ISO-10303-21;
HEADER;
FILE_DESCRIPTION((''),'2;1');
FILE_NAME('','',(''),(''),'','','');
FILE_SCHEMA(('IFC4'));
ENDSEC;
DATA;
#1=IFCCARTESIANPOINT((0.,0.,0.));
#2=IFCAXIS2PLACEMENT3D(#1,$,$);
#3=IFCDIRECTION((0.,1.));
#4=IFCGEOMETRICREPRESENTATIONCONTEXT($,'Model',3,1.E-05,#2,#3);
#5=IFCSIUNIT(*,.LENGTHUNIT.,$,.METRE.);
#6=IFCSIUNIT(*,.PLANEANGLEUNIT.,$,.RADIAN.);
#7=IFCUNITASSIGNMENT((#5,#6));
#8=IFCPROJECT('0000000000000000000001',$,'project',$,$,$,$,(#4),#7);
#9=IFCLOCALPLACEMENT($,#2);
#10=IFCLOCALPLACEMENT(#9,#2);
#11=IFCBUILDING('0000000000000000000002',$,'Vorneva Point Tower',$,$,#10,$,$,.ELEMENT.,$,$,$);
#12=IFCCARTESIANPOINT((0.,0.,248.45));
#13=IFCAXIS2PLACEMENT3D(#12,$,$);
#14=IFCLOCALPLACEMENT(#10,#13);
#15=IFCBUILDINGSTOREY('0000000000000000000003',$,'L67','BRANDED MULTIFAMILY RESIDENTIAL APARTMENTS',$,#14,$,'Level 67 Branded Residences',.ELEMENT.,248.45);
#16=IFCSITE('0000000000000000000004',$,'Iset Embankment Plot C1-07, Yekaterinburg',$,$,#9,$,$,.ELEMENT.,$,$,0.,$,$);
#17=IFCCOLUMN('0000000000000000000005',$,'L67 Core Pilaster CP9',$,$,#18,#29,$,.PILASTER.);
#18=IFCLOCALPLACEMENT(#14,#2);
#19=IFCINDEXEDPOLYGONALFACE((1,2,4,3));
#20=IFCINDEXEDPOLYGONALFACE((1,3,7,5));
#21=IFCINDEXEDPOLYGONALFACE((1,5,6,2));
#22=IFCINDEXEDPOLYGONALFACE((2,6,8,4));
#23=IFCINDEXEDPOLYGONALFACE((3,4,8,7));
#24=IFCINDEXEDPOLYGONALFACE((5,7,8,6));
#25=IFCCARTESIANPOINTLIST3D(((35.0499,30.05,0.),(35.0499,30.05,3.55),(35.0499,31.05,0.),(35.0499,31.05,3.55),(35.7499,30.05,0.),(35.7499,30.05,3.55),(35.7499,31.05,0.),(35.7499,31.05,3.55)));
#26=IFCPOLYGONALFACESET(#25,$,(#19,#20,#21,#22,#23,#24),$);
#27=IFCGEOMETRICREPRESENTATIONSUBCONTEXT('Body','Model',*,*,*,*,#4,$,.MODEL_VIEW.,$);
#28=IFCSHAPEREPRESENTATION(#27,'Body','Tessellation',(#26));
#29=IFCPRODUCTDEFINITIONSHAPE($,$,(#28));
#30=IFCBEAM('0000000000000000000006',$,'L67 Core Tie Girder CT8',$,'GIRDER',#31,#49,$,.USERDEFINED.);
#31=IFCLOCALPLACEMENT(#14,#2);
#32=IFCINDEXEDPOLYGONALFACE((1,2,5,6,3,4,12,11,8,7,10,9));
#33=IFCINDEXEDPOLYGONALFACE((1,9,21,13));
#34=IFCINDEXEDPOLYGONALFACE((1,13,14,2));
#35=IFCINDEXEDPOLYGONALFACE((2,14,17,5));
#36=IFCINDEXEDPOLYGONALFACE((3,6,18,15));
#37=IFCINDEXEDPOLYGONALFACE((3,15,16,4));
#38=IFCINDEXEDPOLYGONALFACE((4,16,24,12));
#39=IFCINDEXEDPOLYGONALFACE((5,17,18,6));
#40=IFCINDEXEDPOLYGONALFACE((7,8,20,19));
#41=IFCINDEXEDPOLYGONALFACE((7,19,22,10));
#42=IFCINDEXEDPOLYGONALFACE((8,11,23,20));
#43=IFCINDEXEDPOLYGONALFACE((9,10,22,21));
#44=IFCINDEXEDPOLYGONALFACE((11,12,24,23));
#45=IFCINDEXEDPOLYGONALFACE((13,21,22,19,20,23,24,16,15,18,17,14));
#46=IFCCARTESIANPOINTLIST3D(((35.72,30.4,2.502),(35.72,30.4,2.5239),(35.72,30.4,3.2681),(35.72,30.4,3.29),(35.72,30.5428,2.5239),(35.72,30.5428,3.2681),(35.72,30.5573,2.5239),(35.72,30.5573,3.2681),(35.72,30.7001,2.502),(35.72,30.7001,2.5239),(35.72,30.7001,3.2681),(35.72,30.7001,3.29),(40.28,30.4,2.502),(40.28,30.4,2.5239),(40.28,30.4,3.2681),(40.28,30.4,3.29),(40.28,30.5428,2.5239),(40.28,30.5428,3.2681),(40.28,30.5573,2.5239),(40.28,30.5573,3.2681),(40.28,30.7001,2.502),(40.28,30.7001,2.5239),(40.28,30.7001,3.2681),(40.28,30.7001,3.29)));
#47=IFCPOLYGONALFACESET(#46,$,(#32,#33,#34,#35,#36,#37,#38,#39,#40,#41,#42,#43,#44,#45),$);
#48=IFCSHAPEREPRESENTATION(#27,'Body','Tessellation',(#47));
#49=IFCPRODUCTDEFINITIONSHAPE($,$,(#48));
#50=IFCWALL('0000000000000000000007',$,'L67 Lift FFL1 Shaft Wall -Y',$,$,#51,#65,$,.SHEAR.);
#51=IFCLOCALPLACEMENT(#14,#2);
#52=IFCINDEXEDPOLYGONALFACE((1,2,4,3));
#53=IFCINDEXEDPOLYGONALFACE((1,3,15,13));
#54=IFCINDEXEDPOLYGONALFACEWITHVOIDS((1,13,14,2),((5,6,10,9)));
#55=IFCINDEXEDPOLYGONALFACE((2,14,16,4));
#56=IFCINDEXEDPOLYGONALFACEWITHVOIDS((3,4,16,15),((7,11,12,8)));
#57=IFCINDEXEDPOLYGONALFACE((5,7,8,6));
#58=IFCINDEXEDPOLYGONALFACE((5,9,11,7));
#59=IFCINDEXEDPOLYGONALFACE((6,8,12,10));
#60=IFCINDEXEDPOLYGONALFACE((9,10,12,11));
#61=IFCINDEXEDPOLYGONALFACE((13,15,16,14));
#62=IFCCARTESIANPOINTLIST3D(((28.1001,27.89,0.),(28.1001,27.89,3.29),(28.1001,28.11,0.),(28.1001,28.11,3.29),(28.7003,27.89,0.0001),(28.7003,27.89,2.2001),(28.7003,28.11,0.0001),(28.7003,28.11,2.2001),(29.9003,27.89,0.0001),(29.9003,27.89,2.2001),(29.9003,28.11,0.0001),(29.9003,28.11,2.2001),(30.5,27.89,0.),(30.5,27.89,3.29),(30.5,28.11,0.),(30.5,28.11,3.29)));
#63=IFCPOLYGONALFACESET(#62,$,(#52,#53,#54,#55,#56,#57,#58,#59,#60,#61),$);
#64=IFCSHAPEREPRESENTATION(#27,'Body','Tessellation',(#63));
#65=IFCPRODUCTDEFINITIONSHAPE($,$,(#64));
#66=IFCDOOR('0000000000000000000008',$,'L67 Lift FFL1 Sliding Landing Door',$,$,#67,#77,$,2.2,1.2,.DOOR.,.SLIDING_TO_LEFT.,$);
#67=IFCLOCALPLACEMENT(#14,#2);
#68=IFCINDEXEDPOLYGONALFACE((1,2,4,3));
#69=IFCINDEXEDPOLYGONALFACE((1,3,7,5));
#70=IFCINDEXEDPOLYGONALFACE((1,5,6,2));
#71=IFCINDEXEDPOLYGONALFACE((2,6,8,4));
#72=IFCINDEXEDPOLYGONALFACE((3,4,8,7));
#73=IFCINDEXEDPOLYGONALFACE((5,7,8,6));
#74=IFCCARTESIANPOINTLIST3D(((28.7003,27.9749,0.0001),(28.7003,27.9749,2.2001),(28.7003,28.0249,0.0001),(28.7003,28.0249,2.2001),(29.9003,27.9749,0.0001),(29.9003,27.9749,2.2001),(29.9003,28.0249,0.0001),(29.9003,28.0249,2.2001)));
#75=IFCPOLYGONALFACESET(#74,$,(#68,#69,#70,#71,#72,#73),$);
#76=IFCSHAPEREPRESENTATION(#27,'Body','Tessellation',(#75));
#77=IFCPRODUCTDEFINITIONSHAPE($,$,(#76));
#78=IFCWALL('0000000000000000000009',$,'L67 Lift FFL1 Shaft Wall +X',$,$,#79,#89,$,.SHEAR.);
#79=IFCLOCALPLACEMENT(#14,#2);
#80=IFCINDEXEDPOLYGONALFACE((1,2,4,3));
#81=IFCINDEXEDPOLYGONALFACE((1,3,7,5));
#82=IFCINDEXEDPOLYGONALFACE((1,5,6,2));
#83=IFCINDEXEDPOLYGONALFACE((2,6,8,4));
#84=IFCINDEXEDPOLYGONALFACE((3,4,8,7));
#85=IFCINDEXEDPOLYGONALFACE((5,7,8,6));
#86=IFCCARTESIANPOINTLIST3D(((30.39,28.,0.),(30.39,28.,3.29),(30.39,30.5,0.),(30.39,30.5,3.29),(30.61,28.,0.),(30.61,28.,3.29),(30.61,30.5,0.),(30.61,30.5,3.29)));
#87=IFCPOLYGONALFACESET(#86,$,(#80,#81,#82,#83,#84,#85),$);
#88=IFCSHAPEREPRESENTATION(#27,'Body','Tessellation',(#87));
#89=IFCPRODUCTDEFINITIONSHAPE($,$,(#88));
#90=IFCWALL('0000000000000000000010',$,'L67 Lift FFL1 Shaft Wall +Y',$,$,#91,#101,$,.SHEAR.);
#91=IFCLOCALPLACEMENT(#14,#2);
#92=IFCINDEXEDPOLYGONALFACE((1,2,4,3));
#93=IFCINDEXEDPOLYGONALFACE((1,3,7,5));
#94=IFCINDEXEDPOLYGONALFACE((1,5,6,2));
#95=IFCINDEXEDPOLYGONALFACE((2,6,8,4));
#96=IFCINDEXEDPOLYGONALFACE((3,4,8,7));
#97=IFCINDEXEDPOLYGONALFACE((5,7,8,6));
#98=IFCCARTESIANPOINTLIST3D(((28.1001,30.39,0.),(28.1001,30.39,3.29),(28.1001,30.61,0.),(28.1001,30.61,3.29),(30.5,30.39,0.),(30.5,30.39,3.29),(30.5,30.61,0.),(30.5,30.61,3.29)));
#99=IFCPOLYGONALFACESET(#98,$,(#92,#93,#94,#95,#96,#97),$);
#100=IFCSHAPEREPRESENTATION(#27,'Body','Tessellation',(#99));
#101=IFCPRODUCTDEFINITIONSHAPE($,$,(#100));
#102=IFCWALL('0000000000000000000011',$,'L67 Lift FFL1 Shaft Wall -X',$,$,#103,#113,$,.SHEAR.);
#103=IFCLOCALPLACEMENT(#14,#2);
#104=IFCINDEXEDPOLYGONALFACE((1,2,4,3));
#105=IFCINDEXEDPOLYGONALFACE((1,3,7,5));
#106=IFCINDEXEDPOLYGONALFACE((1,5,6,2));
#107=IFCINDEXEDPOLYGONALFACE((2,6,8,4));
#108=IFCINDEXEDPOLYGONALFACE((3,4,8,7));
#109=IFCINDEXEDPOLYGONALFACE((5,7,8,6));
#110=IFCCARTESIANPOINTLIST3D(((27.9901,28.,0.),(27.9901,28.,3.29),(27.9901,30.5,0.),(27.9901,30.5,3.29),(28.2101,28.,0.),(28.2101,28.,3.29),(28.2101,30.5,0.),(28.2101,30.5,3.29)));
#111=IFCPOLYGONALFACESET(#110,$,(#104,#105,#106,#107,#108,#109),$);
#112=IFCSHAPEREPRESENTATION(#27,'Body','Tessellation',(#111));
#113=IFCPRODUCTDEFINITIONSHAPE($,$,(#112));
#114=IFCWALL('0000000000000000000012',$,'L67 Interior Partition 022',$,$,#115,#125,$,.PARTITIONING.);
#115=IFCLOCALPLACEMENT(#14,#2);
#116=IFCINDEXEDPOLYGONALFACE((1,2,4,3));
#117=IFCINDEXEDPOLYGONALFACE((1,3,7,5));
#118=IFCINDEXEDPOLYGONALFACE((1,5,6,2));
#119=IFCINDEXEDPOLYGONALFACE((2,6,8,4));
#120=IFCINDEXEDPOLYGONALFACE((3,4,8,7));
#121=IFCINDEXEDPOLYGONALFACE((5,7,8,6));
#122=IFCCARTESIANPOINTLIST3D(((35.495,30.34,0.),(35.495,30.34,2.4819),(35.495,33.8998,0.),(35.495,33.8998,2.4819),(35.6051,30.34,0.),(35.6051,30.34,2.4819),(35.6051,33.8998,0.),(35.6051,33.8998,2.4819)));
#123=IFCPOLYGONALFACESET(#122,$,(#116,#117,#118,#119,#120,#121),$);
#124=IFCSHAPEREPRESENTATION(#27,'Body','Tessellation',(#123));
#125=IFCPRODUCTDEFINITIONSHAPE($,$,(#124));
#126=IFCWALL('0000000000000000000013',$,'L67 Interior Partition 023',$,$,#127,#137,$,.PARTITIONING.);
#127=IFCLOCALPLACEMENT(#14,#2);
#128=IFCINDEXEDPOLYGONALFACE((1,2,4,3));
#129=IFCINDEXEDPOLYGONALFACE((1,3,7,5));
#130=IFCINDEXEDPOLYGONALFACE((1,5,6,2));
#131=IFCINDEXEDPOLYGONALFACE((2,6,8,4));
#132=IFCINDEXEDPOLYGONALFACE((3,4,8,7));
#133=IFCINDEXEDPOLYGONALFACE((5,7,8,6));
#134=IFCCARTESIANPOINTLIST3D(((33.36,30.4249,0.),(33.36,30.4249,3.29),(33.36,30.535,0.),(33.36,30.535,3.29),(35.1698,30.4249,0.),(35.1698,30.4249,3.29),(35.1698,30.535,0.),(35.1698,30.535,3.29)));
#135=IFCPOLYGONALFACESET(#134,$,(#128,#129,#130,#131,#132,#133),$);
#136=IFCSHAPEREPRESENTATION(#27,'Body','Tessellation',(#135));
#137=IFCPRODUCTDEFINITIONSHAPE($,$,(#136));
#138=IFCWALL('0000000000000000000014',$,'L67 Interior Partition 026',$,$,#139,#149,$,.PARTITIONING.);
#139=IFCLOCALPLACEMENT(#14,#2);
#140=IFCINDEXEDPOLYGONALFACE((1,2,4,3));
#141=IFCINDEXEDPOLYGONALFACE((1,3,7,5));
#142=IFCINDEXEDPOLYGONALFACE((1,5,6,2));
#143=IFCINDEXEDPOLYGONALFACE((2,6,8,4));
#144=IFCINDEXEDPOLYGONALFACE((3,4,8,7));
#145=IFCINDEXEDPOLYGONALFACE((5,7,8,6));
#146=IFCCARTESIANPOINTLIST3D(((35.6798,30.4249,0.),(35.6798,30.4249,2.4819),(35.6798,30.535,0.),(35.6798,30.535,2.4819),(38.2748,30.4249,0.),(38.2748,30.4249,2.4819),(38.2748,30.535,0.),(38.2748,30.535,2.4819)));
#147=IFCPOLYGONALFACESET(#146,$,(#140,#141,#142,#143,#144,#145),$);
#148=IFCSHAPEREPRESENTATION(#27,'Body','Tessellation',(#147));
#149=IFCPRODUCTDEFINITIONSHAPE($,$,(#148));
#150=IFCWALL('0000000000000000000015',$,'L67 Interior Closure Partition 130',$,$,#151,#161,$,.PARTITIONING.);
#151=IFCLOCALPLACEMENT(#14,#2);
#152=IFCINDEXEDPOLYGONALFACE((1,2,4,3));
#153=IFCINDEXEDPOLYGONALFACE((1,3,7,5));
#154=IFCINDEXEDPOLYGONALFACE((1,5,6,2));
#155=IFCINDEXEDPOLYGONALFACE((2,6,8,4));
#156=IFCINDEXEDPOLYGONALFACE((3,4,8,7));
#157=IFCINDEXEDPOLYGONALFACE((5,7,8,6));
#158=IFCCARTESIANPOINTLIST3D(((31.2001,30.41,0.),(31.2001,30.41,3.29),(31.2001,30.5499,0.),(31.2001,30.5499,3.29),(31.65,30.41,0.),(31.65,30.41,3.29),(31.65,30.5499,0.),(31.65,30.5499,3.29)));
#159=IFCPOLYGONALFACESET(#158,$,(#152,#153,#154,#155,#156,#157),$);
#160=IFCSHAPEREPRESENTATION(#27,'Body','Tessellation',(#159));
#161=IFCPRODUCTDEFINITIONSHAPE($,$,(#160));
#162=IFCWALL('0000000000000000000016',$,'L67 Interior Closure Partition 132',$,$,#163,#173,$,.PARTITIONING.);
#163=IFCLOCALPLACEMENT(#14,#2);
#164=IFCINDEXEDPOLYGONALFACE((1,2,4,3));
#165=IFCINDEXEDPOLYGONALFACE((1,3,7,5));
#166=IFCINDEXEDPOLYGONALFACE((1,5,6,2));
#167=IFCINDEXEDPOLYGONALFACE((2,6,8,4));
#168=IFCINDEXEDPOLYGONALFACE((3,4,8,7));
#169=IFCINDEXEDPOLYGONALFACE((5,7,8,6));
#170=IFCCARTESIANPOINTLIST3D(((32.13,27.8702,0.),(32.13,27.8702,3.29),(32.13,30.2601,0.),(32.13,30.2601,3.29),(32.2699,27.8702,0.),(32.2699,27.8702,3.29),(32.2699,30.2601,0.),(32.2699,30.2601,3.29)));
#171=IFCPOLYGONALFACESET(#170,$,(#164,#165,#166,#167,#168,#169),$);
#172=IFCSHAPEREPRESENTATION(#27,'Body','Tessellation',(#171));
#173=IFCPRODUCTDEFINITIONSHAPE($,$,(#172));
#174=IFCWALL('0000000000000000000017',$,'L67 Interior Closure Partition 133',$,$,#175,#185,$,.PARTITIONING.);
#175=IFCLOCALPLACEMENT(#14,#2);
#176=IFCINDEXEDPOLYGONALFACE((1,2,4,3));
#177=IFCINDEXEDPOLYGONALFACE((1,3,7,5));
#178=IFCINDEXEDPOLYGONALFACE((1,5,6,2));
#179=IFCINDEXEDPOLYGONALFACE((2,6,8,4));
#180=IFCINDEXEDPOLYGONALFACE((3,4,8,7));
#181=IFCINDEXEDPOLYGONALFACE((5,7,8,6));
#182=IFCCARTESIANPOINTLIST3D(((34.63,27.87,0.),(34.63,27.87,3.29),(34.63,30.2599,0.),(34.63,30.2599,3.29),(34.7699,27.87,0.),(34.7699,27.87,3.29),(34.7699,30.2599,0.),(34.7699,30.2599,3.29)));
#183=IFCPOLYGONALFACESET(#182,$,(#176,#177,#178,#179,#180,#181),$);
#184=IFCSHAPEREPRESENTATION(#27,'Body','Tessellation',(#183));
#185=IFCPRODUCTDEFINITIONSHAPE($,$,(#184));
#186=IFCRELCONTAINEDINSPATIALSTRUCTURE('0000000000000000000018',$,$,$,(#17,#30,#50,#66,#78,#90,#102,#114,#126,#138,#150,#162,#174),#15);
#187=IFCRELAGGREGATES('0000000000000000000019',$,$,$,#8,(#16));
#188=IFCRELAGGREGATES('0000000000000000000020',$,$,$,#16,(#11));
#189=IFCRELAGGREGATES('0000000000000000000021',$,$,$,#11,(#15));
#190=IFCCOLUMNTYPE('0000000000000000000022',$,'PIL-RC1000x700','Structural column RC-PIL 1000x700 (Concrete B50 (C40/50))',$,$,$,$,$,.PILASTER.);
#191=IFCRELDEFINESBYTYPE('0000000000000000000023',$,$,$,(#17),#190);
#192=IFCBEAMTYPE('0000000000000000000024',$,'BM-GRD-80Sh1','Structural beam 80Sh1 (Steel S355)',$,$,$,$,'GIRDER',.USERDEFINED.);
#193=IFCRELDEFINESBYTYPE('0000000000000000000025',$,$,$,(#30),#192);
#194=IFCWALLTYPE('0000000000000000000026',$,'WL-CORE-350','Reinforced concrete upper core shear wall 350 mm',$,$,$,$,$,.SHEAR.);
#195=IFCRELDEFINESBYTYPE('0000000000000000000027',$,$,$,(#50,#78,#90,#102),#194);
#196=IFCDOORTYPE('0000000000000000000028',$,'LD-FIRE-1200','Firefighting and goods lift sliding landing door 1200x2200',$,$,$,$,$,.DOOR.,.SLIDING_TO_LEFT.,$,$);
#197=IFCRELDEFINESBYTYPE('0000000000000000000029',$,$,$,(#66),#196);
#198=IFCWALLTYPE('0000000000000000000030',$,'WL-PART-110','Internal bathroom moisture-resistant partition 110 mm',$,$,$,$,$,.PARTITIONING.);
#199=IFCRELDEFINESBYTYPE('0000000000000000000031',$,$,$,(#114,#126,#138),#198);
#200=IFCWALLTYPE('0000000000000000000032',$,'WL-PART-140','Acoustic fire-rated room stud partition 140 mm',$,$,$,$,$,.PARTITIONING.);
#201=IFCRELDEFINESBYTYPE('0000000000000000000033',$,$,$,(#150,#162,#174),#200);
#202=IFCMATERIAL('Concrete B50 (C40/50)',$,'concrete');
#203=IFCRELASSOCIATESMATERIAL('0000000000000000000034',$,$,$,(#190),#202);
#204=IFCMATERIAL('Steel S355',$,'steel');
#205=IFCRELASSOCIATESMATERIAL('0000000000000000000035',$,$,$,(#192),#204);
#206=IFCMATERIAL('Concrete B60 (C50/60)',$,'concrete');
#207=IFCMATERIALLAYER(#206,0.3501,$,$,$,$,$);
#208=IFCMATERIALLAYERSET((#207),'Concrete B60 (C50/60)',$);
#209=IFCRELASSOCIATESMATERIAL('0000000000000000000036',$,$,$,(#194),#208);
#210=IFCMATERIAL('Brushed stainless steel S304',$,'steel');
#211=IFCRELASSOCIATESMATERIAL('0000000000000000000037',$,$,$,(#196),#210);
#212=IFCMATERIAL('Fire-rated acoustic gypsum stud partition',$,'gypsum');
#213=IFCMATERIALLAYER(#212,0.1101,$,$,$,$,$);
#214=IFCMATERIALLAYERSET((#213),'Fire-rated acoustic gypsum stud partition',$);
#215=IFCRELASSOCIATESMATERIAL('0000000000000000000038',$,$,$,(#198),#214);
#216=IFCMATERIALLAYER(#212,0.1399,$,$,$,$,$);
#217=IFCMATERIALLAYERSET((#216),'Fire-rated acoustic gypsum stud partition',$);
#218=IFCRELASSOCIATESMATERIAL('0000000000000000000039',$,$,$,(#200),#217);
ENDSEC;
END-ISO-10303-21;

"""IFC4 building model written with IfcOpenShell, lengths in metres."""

from ifc_helpers import new_model, si_unit, direction, frame, frame_2d, origin, origin_2d, place, context, subcontext, project, spatial, rectangle, i_section, extrude, material, layer, layer_set, material_profile, profile_set, type_object, element, fill, save


model = new_model("IFC4")

# Units and contexts
model_context = context("Model", 3, precision=1e-05, world=origin(), true_north=direction((0.0, 1.0)))
body_context = subcontext(model_context, "Body", "Model", "MODEL_VIEW")
ifc_project = project(units=[si_unit("LENGTHUNIT", "METRE"), si_unit("PLANEANGLEUNIT", "RADIAN")], contexts=[model_context])

# Site, building, storey
site_placement = place(None, origin())
site = spatial("IfcSite", under=ifc_project, at=site_placement, Name="Iset Embankment Plot C1-07, Yekaterinburg", CompositionType="ELEMENT", RefElevation=0.0)
building_placement = place(site_placement, origin())
building = spatial("IfcBuilding", under=site, at=building_placement, Name="Vorneva Point Tower", CompositionType="ELEMENT")
storey_placement = place(building_placement, frame((0.0, 0.0, 248.45)))
storey = spatial("IfcBuildingStorey", under=building, at=storey_placement, Name="L67", Description="BRANDED MULTIFAMILY RESIDENTIAL APARTMENTS", LongName="Level 67 Branded Residences", CompositionType="ELEMENT", Elevation=248.45)

# Column
ifc_material_1 = material(Name="Concrete B50 (C40/50)", Category="concrete")
ifc_material_profile_1 = material_profile(ifc_material_1, rectangle(XDim=0.7, YDim=1.0, at=origin_2d()), Name="RC-PIL 1000x700")
ifc_profile_set_1 = profile_set([ifc_material_profile_1], Name="Concrete B50 (C40/50)")
column_type = type_object("IfcColumnType", Name="PIL-RC1000x700", Description="Structural column RC-PIL 1000x700 (Concrete B50 (C40/50))", PredefinedType="PILASTER", material=ifc_profile_set_1)
column_placement = place(storey_placement, frame((35.3999, 30.55, 0.0), z_axis=(0.0, 0.0, 1.0), x_axis=(1.0, 0.0, 0.0)))
element("IfcColumn", 1, at=column_placement, inside=storey, type_object=column_type, Name="L67 Core Pilaster CP9", PredefinedType="PILASTER", context=body_context, shape_type="SweptSolid", body=[
    extrude(rectangle(XDim=0.7, YDim=1.0, at=origin_2d()), origin(), (0.0, 0.0, 1.0), 3.55),
])

# Beam
ifc_material_2 = material(Name="Steel S355", Category="steel")
ifc_material_profile_2 = material_profile(ifc_material_2, i_section(OverallWidth=0.3, OverallDepth=0.7881, WebThickness=0.0144, FlangeThickness=0.022, at=origin_2d()), Name="80Sh1")
ifc_profile_set_2 = profile_set([ifc_material_profile_2], Name="Steel S355")
beam_type = type_object("IfcBeamType", Name="BM-GRD-80Sh1", Description="Structural beam 80Sh1 (Steel S355)", ElementType="GIRDER", PredefinedType="USERDEFINED", material=ifc_profile_set_2)
beam_placement = place(storey_placement, frame((35.72, 30.55, 2.896), z_axis=(1.0, 0.0, 0.0), x_axis=(0.0, 1.0, 0.0)))
element("IfcBeam", 2, at=beam_placement, inside=storey, type_object=beam_type, Name="L67 Core Tie Girder CT8", ObjectType="GIRDER", PredefinedType="USERDEFINED", context=body_context, shape_type="SweptSolid", body=[
    extrude(i_section(OverallWidth=0.3, OverallDepth=0.7881, WebThickness=0.0144, FlangeThickness=0.022, at=origin_2d()), origin(), (0.0, 0.0, 1.0), 4.5601),
])

# Wall, opening, door
ifc_material_3 = material(Name="Concrete B60 (C50/60)", Category="concrete")
ifc_layer_1 = layer(ifc_material_3, 0.3501)
ifc_layer_set_1 = layer_set([ifc_layer_1], Name="Concrete B60 (C50/60)")
wall_type_1 = type_object("IfcWallType", Name="WL-CORE-350", Description="Reinforced concrete upper core shear wall 350 mm", PredefinedType="SHEAR", material=ifc_layer_set_1)
wall_1_placement = place(storey_placement, frame((28.1001, 28.0, 0.0), z_axis=(0.0, 0.0, 1.0), x_axis=(1.0, 0.0, 0.0)))
wall_1 = element("IfcWall", 3, at=wall_1_placement, inside=storey, type_object=wall_type_1, Name="L67 Lift FFL1 Shaft Wall -Y", PredefinedType="SHEAR", context=body_context, shape_type="SweptSolid", body=[
    extrude(rectangle(XDim=2.3999, YDim=0.22, at=frame_2d((1.2, 0.0))), origin(), (0.0, 0.0, 1.0), 3.29),
])
opening_1_placement = place(wall_1_placement, frame((0.6001, 0.0, 0.0)))
opening_1 = element("IfcOpeningElement", 4, at=opening_1_placement, cuts=wall_1, PredefinedType="OPENING", context=body_context, shape_type="SweptSolid", body=[
    extrude(rectangle(XDim=1.2, YDim=2.2, at=frame_2d((0.6001, 1.1001))), frame((0.0, 0.125, 0.0), z_axis=(0.0, -1.0, 0.0), x_axis=(1.0, 0.0, 0.0)), (0.0, 0.0, 1.0), 0.2498),
])
ifc_material_4 = material(Name="Brushed stainless steel S304", Category="steel")
door_type_1 = type_object("IfcDoorType", Name="LD-FIRE-1200", Description="Firefighting and goods lift sliding landing door 1200x2200", OperationType="SLIDING_TO_LEFT", PredefinedType="DOOR", material=ifc_material_4)
door_1_placement = place(opening_1_placement, origin())
door_1 = element("IfcDoor", 5, at=door_1_placement, inside=storey, type_object=door_type_1, Name="L67 Lift FFL1 Sliding Landing Door", OperationType="SLIDING_TO_LEFT", OverallHeight=2.2, OverallWidth=1.2, PredefinedType="DOOR", context=body_context, shape_type="SweptSolid", body=[
    extrude(rectangle(XDim=1.2, YDim=2.2, at=frame_2d((0.6001, 1.1001))), frame((0.0, 0.0249, 0.0), z_axis=(0.0, -1.0, 0.0), x_axis=(1.0, 0.0, 0.0)), (0.0, 0.0, 1.0), 0.05),
])
fill(opening_1, door_1)

# Walls
wall_2_placement = place(storey_placement, frame((30.5, 28.0, 0.0), z_axis=(0.0, 0.0, 1.0), x_axis=(0.0, 1.0, 0.0)))
element("IfcWall", 6, at=wall_2_placement, inside=storey, type_object=wall_type_1, Name="L67 Lift FFL1 Shaft Wall +X", PredefinedType="SHEAR", context=body_context, shape_type="SweptSolid", body=[
    extrude(rectangle(XDim=2.5, YDim=0.22, at=frame_2d((1.25, 0.0))), origin(), (0.0, 0.0, 1.0), 3.29),
])
wall_3_placement = place(storey_placement, frame((30.5, 30.5, 0.0), z_axis=(0.0, 0.0, 1.0), x_axis=(-1.0, 0.0, 0.0)))
element("IfcWall", 7, at=wall_3_placement, inside=storey, type_object=wall_type_1, Name="L67 Lift FFL1 Shaft Wall +Y", PredefinedType="SHEAR", context=body_context, shape_type="SweptSolid", body=[
    extrude(rectangle(XDim=2.3999, YDim=0.22, at=frame_2d((1.2, 0.0))), origin(), (0.0, 0.0, 1.0), 3.29),
])
wall_4_placement = place(storey_placement, frame((28.1001, 30.5, 0.0), z_axis=(0.0, 0.0, 1.0), x_axis=(0.0, -1.0, 0.0)))
element("IfcWall", 8, at=wall_4_placement, inside=storey, type_object=wall_type_1, Name="L67 Lift FFL1 Shaft Wall -X", PredefinedType="SHEAR", context=body_context, shape_type="SweptSolid", body=[
    extrude(rectangle(XDim=2.5, YDim=0.22, at=frame_2d((1.25, 0.0))), origin(), (0.0, 0.0, 1.0), 3.29),
])
ifc_material_5 = material(Name="Fire-rated acoustic gypsum stud partition", Category="gypsum")
ifc_layer_2 = layer(ifc_material_5, 0.1101)
ifc_layer_set_2 = layer_set([ifc_layer_2], Name="Fire-rated acoustic gypsum stud partition")
wall_type_2 = type_object("IfcWallType", Name="WL-PART-110", Description="Internal bathroom moisture-resistant partition 110 mm", PredefinedType="PARTITIONING", material=ifc_layer_set_2)
wall_5_placement = place(storey_placement, frame((35.55, 30.3401, 0.0), z_axis=(0.0, 0.0, 1.0), x_axis=(0.0, 1.0, 0.0)))
element("IfcWall", 9, at=wall_5_placement, inside=storey, type_object=wall_type_2, Name="L67 Interior Partition 022", PredefinedType="PARTITIONING", context=body_context, shape_type="SweptSolid", body=[
    extrude(rectangle(XDim=3.5598, YDim=0.1101, at=frame_2d((1.7798, 0.0))), origin(), (0.0, 0.0, 1.0), 2.4819),
])
wall_6_placement = place(storey_placement, frame((33.3601, 30.48, 0.0), z_axis=(0.0, 0.0, 1.0), x_axis=(1.0, 0.0, 0.0)))
element("IfcWall", 10, at=wall_6_placement, inside=storey, type_object=wall_type_2, Name="L67 Interior Partition 023", PredefinedType="PARTITIONING", context=body_context, shape_type="SweptSolid", body=[
    extrude(rectangle(XDim=1.8098, YDim=0.1101, at=frame_2d((0.9048, 0.0))), origin(), (0.0, 0.0, 1.0), 3.29),
])
wall_7_placement = place(storey_placement, frame((35.6799, 30.48, 0.0), z_axis=(0.0, 0.0, 1.0), x_axis=(1.0, 0.0, 0.0)))
element("IfcWall", 11, at=wall_7_placement, inside=storey, type_object=wall_type_2, Name="L67 Interior Partition 026", PredefinedType="PARTITIONING", context=body_context, shape_type="SweptSolid", body=[
    extrude(rectangle(XDim=2.595, YDim=0.1101, at=frame_2d((1.2974, 0.0))), origin(), (0.0, 0.0, 1.0), 2.4819),
])
ifc_layer_3 = layer(ifc_material_5, 0.1399)
ifc_layer_set_3 = layer_set([ifc_layer_3], Name="Fire-rated acoustic gypsum stud partition")
wall_type_3 = type_object("IfcWallType", Name="WL-PART-140", Description="Acoustic fire-rated room stud partition 140 mm", PredefinedType="PARTITIONING", material=ifc_layer_set_3)
wall_8_placement = place(storey_placement, frame((31.2, 30.48, 0.0), z_axis=(0.0, 0.0, 1.0), x_axis=(1.0, 0.0, 0.0)))
element("IfcWall", 12, at=wall_8_placement, inside=storey, type_object=wall_type_3, Name="L67 Interior Closure Partition 130", PredefinedType="PARTITIONING", context=body_context, shape_type="SweptSolid", body=[
    extrude(rectangle(XDim=0.45, YDim=0.1399, at=frame_2d((0.2251, 0.0))), origin(), (0.0, 0.0, 1.0), 3.29),
])
for number, where, z_axis, x_axis, name in (
    (13, (32.2, 30.26, 0.0), (0.0, 0.0, 1.0), (0.0, -1.0, 0.0), "L67 Interior Closure Partition 132"),
    (14, (34.7, 27.8701, 0.0), (0.0, 0.0, 1.0), (0.0, 1.0, 0.0), "L67 Interior Closure Partition 133"),
):
    element("IfcWall", number, at=place(storey_placement, frame(where, z_axis=z_axis, x_axis=x_axis)), inside=storey, type_object=wall_type_3, Name=name, PredefinedType="PARTITIONING", context=body_context, shape_type="SweptSolid", body=[
        extrude(rectangle(XDim=2.3899, YDim=0.1399, at=frame_2d((1.1948, 0.0))), origin(), (0.0, 0.0, 1.0), 3.29),
    ])

save(model, "model.ifc")
